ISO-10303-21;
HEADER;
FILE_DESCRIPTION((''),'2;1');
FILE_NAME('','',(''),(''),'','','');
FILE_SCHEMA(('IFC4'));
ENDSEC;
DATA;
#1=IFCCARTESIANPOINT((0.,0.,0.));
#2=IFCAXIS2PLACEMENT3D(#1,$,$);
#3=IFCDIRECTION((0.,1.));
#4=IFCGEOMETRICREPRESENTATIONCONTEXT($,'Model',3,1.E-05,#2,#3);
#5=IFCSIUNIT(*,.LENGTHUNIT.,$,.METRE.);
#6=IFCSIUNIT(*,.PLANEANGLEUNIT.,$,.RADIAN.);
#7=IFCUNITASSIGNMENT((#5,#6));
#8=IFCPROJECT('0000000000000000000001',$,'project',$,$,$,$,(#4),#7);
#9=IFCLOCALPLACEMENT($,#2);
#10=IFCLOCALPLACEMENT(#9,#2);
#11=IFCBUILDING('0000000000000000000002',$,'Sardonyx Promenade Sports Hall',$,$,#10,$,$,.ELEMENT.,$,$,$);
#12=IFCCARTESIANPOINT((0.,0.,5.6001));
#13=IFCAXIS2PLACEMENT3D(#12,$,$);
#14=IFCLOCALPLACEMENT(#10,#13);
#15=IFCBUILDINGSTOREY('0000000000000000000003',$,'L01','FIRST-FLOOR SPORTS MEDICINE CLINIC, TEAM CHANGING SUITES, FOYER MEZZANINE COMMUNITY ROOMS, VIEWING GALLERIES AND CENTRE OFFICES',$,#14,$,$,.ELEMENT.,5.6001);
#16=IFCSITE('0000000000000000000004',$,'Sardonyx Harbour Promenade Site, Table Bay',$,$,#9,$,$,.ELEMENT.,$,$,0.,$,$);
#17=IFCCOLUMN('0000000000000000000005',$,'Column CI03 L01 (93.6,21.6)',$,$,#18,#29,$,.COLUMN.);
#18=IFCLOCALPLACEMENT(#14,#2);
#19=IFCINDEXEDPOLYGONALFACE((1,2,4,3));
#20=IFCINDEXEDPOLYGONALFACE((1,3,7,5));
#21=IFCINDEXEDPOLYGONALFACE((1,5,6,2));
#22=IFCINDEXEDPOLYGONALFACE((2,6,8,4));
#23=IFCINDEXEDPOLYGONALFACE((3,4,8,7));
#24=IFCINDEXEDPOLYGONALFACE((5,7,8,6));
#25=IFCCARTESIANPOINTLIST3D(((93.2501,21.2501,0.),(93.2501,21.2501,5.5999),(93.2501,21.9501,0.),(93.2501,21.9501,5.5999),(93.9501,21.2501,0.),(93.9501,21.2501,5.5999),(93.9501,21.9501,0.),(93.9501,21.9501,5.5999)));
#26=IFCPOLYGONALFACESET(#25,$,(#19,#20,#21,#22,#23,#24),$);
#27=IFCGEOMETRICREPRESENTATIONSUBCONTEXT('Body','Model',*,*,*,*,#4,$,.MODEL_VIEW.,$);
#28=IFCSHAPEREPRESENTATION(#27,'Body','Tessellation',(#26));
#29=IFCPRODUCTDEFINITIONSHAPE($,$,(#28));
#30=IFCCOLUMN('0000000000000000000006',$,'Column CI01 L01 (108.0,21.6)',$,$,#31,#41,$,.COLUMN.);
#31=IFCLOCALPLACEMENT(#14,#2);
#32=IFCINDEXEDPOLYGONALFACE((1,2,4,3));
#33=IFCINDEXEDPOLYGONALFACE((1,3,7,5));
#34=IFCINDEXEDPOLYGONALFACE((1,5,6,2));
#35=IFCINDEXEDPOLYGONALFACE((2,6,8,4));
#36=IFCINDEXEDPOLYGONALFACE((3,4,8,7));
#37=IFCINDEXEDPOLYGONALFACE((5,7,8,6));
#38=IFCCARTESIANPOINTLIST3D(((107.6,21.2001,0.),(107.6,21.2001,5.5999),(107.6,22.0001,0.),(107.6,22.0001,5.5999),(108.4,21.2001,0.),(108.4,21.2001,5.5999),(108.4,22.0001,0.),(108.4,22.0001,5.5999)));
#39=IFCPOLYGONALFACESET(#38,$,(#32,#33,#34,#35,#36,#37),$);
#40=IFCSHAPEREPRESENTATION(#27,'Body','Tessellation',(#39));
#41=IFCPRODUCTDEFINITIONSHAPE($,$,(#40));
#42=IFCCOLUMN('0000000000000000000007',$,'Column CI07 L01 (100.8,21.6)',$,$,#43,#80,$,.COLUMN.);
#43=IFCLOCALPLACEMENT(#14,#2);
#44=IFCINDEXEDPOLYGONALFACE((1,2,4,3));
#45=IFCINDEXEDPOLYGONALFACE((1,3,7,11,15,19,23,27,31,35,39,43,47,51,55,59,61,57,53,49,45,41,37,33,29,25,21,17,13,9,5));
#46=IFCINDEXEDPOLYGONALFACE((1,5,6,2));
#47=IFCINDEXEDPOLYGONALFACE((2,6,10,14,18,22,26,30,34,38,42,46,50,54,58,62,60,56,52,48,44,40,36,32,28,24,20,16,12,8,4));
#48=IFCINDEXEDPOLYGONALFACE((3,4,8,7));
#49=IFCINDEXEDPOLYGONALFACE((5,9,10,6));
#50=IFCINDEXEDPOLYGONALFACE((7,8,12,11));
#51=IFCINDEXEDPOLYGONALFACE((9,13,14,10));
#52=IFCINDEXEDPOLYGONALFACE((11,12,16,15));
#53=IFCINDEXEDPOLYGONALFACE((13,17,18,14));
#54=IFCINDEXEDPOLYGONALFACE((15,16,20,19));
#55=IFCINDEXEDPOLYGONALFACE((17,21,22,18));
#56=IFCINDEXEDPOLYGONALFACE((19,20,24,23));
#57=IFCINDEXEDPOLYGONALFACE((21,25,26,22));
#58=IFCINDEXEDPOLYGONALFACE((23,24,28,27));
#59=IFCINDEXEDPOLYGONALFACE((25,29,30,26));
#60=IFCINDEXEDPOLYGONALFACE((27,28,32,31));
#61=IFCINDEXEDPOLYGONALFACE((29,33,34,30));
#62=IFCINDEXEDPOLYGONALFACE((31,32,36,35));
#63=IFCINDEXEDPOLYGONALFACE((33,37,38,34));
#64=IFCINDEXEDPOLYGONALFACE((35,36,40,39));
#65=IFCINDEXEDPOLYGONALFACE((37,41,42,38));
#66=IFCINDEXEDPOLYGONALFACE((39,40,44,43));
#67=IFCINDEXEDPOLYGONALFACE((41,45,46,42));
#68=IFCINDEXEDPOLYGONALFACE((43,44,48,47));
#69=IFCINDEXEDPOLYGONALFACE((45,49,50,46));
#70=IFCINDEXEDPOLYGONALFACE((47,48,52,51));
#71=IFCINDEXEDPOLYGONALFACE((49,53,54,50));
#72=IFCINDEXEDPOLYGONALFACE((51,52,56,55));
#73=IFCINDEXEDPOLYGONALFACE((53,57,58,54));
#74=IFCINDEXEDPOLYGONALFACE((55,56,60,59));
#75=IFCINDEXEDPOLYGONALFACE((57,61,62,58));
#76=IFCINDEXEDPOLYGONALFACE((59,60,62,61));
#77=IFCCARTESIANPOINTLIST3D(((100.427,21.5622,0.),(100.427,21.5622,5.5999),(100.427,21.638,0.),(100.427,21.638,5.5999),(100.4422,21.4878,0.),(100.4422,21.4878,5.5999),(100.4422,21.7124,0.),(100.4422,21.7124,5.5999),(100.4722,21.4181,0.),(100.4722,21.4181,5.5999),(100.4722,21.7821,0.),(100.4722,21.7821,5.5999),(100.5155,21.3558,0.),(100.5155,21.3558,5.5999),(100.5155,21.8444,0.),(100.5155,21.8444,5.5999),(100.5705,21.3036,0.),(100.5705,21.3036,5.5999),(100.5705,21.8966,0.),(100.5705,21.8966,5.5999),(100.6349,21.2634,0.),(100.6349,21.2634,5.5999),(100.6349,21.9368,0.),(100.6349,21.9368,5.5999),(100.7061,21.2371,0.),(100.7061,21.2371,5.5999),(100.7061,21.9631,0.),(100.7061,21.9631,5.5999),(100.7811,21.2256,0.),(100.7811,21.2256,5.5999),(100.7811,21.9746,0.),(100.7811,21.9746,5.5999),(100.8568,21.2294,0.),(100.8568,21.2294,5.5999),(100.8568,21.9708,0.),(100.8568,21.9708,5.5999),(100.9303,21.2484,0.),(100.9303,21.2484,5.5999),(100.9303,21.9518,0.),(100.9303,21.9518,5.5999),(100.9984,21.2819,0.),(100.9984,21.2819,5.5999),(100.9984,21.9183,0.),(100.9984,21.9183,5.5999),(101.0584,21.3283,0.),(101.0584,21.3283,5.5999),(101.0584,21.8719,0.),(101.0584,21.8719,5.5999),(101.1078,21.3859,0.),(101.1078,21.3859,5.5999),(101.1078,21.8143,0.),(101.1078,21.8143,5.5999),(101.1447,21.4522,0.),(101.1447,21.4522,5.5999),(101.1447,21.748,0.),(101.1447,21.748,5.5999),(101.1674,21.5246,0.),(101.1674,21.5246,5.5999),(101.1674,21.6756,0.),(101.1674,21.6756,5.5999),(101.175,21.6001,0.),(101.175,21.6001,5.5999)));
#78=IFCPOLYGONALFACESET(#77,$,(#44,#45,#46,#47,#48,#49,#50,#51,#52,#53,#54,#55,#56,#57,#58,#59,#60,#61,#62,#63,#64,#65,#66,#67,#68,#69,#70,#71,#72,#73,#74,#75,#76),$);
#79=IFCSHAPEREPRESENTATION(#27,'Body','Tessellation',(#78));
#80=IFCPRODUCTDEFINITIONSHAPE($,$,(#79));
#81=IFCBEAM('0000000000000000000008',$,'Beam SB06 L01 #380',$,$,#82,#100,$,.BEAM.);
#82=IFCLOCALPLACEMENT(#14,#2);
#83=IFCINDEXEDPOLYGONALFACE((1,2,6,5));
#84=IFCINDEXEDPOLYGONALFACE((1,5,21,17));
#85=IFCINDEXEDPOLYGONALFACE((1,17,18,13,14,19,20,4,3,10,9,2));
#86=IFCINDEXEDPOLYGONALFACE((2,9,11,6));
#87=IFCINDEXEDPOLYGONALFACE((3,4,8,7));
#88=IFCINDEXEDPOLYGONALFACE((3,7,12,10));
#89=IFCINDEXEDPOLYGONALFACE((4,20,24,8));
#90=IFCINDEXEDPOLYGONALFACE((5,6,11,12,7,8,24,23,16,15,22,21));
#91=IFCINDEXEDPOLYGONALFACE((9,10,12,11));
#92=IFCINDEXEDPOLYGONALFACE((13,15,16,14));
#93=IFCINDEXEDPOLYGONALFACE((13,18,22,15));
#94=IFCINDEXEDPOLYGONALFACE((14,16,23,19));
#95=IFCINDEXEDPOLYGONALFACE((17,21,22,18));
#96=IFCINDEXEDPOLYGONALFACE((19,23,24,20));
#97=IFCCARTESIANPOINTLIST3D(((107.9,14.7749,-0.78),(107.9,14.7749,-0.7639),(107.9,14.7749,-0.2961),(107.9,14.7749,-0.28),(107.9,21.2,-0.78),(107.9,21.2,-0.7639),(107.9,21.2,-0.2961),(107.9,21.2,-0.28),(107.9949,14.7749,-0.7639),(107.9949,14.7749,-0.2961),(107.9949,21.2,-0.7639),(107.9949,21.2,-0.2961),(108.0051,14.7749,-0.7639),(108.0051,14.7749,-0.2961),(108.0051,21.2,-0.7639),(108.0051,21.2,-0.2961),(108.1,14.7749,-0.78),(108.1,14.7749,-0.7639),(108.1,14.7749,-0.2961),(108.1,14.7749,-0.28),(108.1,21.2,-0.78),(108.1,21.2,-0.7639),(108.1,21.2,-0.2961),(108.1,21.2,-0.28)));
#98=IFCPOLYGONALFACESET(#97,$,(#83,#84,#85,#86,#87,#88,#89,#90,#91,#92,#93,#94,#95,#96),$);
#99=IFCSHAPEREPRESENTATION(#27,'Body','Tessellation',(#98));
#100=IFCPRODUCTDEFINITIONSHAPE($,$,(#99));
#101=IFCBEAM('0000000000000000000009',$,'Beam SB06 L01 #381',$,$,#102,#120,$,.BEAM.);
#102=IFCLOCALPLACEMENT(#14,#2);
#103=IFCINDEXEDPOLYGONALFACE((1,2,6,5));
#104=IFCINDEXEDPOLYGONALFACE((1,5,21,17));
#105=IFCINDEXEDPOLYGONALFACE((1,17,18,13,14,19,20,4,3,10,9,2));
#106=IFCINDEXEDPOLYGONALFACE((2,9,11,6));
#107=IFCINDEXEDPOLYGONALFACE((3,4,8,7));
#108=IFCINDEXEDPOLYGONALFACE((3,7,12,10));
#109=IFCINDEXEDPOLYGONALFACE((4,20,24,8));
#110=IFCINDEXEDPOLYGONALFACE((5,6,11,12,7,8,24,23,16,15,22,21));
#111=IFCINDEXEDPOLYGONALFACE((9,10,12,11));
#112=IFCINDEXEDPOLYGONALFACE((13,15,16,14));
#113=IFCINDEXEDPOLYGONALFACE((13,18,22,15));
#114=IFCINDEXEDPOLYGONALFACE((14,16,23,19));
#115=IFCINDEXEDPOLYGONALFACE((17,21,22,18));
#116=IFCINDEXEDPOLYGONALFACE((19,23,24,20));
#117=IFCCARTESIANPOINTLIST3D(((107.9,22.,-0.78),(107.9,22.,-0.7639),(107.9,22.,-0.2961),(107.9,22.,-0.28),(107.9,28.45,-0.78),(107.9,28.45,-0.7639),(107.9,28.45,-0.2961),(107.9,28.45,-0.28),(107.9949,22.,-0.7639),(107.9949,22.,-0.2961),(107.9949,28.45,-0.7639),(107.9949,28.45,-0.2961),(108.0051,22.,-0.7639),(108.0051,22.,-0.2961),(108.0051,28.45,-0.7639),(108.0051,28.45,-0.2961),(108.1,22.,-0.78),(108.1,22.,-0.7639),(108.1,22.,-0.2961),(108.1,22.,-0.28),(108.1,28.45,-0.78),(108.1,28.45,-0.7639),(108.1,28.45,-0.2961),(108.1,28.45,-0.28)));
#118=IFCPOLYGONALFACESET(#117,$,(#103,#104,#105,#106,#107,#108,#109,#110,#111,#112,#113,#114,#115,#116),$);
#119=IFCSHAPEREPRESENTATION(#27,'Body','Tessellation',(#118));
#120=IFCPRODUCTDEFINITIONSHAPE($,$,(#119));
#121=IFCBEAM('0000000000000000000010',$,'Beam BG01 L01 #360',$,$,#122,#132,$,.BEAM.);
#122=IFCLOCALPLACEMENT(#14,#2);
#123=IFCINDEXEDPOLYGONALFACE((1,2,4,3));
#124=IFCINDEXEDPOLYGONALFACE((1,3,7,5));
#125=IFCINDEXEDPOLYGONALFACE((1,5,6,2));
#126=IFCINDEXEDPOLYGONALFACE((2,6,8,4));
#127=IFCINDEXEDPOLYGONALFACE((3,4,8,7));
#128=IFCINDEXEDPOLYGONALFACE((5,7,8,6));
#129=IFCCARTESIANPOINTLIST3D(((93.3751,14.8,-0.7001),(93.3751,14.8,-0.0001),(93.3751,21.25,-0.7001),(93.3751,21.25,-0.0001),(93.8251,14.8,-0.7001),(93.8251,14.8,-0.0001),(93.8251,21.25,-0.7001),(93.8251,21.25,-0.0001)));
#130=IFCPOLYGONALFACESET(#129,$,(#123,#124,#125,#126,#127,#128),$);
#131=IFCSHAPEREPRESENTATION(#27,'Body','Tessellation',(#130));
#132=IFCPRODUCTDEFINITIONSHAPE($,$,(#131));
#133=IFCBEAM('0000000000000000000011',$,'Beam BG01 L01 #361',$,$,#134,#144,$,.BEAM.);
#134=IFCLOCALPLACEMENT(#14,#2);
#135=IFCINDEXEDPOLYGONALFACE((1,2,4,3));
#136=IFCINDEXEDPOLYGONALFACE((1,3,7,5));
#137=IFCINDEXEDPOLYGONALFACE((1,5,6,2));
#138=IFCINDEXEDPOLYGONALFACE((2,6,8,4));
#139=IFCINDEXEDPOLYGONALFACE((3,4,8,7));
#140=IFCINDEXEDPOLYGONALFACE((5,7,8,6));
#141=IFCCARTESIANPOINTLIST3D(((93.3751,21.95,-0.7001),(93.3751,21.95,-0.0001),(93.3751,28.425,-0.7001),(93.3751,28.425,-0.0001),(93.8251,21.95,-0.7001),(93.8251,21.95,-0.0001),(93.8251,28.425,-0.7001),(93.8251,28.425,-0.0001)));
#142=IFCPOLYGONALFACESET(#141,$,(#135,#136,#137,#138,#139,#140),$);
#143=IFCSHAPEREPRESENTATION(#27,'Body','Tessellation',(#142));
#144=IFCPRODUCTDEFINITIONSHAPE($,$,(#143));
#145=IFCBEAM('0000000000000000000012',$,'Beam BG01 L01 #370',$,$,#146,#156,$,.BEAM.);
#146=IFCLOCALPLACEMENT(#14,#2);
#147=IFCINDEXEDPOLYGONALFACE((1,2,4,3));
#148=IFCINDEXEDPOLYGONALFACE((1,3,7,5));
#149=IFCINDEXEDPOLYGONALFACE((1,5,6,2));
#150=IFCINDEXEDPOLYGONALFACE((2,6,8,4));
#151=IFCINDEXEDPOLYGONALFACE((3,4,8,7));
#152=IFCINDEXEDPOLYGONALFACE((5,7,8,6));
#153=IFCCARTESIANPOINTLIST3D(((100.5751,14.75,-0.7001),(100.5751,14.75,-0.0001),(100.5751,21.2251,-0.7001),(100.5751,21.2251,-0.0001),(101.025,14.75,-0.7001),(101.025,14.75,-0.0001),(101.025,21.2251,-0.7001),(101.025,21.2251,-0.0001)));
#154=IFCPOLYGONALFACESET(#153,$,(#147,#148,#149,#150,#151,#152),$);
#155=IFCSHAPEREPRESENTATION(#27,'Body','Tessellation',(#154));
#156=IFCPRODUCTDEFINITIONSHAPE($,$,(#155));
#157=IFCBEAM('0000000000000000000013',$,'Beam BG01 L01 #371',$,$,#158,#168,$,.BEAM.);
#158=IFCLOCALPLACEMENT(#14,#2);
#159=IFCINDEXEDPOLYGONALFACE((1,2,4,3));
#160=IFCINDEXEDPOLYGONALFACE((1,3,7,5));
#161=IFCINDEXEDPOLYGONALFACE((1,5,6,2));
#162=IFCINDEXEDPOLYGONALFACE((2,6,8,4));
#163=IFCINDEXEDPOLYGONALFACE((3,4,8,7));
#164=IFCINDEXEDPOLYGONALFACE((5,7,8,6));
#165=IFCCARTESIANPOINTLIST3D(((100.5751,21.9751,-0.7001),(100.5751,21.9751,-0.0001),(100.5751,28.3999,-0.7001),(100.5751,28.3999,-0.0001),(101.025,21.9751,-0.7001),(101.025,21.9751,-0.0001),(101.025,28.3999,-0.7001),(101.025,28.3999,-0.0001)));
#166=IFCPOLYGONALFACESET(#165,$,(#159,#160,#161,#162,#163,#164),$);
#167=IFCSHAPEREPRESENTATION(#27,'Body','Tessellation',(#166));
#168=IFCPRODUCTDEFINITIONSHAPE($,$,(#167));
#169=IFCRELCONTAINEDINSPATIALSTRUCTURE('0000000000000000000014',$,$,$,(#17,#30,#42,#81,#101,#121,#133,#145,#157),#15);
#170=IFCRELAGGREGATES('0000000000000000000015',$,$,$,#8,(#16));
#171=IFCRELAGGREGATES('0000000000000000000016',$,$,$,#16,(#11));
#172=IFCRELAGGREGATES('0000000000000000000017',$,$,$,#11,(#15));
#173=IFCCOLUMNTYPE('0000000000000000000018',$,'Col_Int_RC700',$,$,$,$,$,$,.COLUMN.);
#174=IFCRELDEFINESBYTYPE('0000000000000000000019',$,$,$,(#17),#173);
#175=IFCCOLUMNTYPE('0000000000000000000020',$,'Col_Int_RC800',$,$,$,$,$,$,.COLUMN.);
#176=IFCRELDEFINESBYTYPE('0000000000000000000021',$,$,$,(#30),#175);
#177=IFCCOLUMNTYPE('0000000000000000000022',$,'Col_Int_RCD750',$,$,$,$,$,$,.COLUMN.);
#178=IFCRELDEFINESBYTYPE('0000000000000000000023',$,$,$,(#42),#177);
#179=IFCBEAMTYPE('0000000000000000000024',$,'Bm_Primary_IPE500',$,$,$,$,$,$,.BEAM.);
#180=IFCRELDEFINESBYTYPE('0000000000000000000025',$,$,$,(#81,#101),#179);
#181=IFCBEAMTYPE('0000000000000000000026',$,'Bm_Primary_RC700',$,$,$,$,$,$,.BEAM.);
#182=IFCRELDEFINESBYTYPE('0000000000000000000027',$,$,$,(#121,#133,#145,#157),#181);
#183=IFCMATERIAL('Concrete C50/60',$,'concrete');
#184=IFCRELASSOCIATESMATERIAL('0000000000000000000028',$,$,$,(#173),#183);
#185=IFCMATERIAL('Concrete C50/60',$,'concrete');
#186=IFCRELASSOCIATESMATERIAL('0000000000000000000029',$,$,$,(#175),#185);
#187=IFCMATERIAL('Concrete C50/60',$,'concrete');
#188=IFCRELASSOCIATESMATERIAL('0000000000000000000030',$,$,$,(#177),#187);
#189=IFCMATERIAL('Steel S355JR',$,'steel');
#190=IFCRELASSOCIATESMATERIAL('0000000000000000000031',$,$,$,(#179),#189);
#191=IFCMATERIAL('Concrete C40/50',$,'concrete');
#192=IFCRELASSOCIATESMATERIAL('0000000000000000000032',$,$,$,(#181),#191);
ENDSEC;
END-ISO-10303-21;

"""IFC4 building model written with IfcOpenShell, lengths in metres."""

from ifc_helpers import new_model, si_unit, direction, frame, origin, origin_2d, place, context, subcontext, project, spatial, rectangle, circle, i_section, extrude, material, material_profile, profile_set, type_object, element, save


model = new_model("IFC4")

# Units and contexts
model_context = context("Model", 3, precision=1e-05, world=origin(), true_north=direction((0.0, 1.0)))
body_context = subcontext(model_context, "Body", "Model", "MODEL_VIEW")
ifc_project = project(units=[si_unit("LENGTHUNIT", "METRE"), si_unit("PLANEANGLEUNIT", "RADIAN")], contexts=[model_context])

# Site, building, storey
site_placement = place(None, origin())
site = spatial("IfcSite", under=ifc_project, at=site_placement, Name="Sardonyx Harbour Promenade Site, Table Bay", CompositionType="ELEMENT", RefElevation=0.0)
building_placement = place(site_placement, origin())
building = spatial("IfcBuilding", under=site, at=building_placement, Name="Sardonyx Promenade Sports Hall", CompositionType="ELEMENT")
storey_placement = place(building_placement, frame((0.0, 0.0, 5.6001)))
storey = spatial("IfcBuildingStorey", under=building, at=storey_placement, Name="L01", Description="FIRST-FLOOR SPORTS MEDICINE CLINIC, TEAM CHANGING SUITES, FOYER MEZZANINE COMMUNITY ROOMS, VIEWING GALLERIES AND CENTRE OFFICES", CompositionType="ELEMENT", Elevation=5.6001)

# Columns
ifc_material_1 = material(Name="Concrete C50/60", Category="concrete")
ifc_material_profile_1 = material_profile(ifc_material_1, rectangle(XDim=0.7, YDim=0.7, at=origin_2d()))
ifc_profile_set_1 = profile_set([ifc_material_profile_1], Name="Concrete C50/60")
column_type_1 = type_object("IfcColumnType", Name="Col_Int_RC700", PredefinedType="COLUMN", material=ifc_profile_set_1)
column_1_placement = place(storey_placement, frame((93.6001, 21.6001, 0.0), z_axis=(0.0, 0.0, 1.0), x_axis=(1.0, 0.0, 0.0)))
element("IfcColumn", 1, at=column_1_placement, inside=storey, type_object=column_type_1, Name="Column CI03 L01 (93.6,21.6)", PredefinedType="COLUMN", context=body_context, shape_type="SweptSolid", body=[
    extrude(rectangle(XDim=0.7, YDim=0.7, at=origin_2d()), origin(), (0.0, 0.0, 1.0), 5.5999),
])
ifc_material_2 = material(Name="Concrete C50/60", Category="concrete")
ifc_material_profile_2 = material_profile(ifc_material_2, rectangle(XDim=0.8, YDim=0.8, at=origin_2d()))
ifc_profile_set_2 = profile_set([ifc_material_profile_2], Name="Concrete C50/60")
column_type_2 = type_object("IfcColumnType", Name="Col_Int_RC800", PredefinedType="COLUMN", material=ifc_profile_set_2)
column_2_placement = place(storey_placement, frame((108.0, 21.6001, 0.0), z_axis=(0.0, 0.0, 1.0), x_axis=(1.0, 0.0, 0.0)))
element("IfcColumn", 2, at=column_2_placement, inside=storey, type_object=column_type_2, Name="Column CI01 L01 (108.0,21.6)", PredefinedType="COLUMN", context=body_context, shape_type="SweptSolid", body=[
    extrude(rectangle(XDim=0.8, YDim=0.8, at=origin_2d()), origin(), (0.0, 0.0, 1.0), 5.5999),
])
ifc_material_3 = material(Name="Concrete C50/60", Category="concrete")
ifc_material_profile_3 = material_profile(ifc_material_3, circle(Radius=0.375, at=origin_2d()))
ifc_profile_set_3 = profile_set([ifc_material_profile_3], Name="Concrete C50/60")
column_type_3 = type_object("IfcColumnType", Name="Col_Int_RCD750", PredefinedType="COLUMN", material=ifc_profile_set_3)
column_3_placement = place(storey_placement, frame((100.8, 21.6001, 0.0), z_axis=(0.0, 0.0, 1.0), x_axis=(1.0, 0.0, 0.0)))
element("IfcColumn", 3, at=column_3_placement, inside=storey, type_object=column_type_3, Name="Column CI07 L01 (100.8,21.6)", PredefinedType="COLUMN", context=body_context, shape_type="SweptSolid", body=[
    extrude(circle(Radius=0.375, at=origin_2d()), origin(), (0.0, 0.0, 1.0), 5.5999),
])

# Beams
ifc_material_4 = material(Name="Steel S355JR", Category="steel")
ifc_material_profile_4 = material_profile(ifc_material_4, i_section(OverallWidth=0.2, OverallDepth=0.5, WebThickness=0.0103, FlangeThickness=0.0161, at=origin_2d()))
ifc_profile_set_4 = profile_set([ifc_material_profile_4], Name="Steel S355JR")
beam_type_1 = type_object("IfcBeamType", Name="Bm_Primary_IPE500", PredefinedType="BEAM", material=ifc_profile_set_4)
beam_1_placement = place(storey_placement, frame((108.0, 14.7749, -0.53), z_axis=(0.0, 1.0, 0.0), x_axis=(-1.0, 0.0, 0.0)))
element("IfcBeam", 4, at=beam_1_placement, inside=storey, type_object=beam_type_1, Name="Beam SB06 L01 #380", PredefinedType="BEAM", context=body_context, shape_type="SweptSolid", body=[
    extrude(i_section(OverallWidth=0.2, OverallDepth=0.5, WebThickness=0.0103, FlangeThickness=0.0161, at=origin_2d()), origin(), (0.0, 0.0, 1.0), 6.425),
])
beam_2_placement = place(storey_placement, frame((108.0, 22.0, -0.53), z_axis=(0.0, 1.0, 0.0), x_axis=(-1.0, 0.0, 0.0)))
element("IfcBeam", 5, at=beam_2_placement, inside=storey, type_object=beam_type_1, Name="Beam SB06 L01 #381", PredefinedType="BEAM", context=body_context, shape_type="SweptSolid", body=[
    extrude(i_section(OverallWidth=0.2, OverallDepth=0.5, WebThickness=0.0103, FlangeThickness=0.0161, at=origin_2d()), origin(), (0.0, 0.0, 1.0), 6.45),
])
ifc_material_5 = material(Name="Concrete C40/50", Category="concrete")
ifc_material_profile_5 = material_profile(ifc_material_5, rectangle(XDim=0.45, YDim=0.7, at=origin_2d()))
ifc_profile_set_5 = profile_set([ifc_material_profile_5], Name="Concrete C40/50")
beam_type_2 = type_object("IfcBeamType", Name="Bm_Primary_RC700", PredefinedType="BEAM", material=ifc_profile_set_5)
beam_3_placement = place(storey_placement, frame((93.6001, 14.8, -0.3501), z_axis=(0.0, 1.0, 0.0), x_axis=(-1.0, 0.0, 0.0)))
element("IfcBeam", 6, at=beam_3_placement, inside=storey, type_object=beam_type_2, Name="Beam BG01 L01 #360", PredefinedType="BEAM", context=body_context, shape_type="SweptSolid", body=[
    extrude(rectangle(XDim=0.45, YDim=0.7, at=origin_2d()), origin(), (0.0, 0.0, 1.0), 6.45),
])
for number, where, z_axis, x_axis, name in (
    (7, (93.6001, 21.95, -0.3501), (0.0, 1.0, 0.0), (-1.0, 0.0, 0.0), "Beam BG01 L01 #361"),
    (8, (100.8, 14.75, -0.3501), (0.0, 1.0, 0.0), (-1.0, 0.0, 0.0), "Beam BG01 L01 #370"),
):
    element("IfcBeam", number, at=place(storey_placement, frame(where, z_axis=z_axis, x_axis=x_axis)), inside=storey, type_object=beam_type_2, Name=name, PredefinedType="BEAM", context=body_context, shape_type="SweptSolid", body=[
        extrude(rectangle(XDim=0.45, YDim=0.7, at=origin_2d()), origin(), (0.0, 0.0, 1.0), 6.4751),
    ])
beam_4_placement = place(storey_placement, frame((100.8, 21.9751, -0.3501), z_axis=(0.0, 1.0, 0.0), x_axis=(-1.0, 0.0, 0.0)))
element("IfcBeam", 9, at=beam_4_placement, inside=storey, type_object=beam_type_2, Name="Beam BG01 L01 #371", PredefinedType="BEAM", context=body_context, shape_type="SweptSolid", body=[
    extrude(rectangle(XDim=0.45, YDim=0.7, at=origin_2d()), origin(), (0.0, 0.0, 1.0), 6.4248),
])

save(model, "model.ifc")
